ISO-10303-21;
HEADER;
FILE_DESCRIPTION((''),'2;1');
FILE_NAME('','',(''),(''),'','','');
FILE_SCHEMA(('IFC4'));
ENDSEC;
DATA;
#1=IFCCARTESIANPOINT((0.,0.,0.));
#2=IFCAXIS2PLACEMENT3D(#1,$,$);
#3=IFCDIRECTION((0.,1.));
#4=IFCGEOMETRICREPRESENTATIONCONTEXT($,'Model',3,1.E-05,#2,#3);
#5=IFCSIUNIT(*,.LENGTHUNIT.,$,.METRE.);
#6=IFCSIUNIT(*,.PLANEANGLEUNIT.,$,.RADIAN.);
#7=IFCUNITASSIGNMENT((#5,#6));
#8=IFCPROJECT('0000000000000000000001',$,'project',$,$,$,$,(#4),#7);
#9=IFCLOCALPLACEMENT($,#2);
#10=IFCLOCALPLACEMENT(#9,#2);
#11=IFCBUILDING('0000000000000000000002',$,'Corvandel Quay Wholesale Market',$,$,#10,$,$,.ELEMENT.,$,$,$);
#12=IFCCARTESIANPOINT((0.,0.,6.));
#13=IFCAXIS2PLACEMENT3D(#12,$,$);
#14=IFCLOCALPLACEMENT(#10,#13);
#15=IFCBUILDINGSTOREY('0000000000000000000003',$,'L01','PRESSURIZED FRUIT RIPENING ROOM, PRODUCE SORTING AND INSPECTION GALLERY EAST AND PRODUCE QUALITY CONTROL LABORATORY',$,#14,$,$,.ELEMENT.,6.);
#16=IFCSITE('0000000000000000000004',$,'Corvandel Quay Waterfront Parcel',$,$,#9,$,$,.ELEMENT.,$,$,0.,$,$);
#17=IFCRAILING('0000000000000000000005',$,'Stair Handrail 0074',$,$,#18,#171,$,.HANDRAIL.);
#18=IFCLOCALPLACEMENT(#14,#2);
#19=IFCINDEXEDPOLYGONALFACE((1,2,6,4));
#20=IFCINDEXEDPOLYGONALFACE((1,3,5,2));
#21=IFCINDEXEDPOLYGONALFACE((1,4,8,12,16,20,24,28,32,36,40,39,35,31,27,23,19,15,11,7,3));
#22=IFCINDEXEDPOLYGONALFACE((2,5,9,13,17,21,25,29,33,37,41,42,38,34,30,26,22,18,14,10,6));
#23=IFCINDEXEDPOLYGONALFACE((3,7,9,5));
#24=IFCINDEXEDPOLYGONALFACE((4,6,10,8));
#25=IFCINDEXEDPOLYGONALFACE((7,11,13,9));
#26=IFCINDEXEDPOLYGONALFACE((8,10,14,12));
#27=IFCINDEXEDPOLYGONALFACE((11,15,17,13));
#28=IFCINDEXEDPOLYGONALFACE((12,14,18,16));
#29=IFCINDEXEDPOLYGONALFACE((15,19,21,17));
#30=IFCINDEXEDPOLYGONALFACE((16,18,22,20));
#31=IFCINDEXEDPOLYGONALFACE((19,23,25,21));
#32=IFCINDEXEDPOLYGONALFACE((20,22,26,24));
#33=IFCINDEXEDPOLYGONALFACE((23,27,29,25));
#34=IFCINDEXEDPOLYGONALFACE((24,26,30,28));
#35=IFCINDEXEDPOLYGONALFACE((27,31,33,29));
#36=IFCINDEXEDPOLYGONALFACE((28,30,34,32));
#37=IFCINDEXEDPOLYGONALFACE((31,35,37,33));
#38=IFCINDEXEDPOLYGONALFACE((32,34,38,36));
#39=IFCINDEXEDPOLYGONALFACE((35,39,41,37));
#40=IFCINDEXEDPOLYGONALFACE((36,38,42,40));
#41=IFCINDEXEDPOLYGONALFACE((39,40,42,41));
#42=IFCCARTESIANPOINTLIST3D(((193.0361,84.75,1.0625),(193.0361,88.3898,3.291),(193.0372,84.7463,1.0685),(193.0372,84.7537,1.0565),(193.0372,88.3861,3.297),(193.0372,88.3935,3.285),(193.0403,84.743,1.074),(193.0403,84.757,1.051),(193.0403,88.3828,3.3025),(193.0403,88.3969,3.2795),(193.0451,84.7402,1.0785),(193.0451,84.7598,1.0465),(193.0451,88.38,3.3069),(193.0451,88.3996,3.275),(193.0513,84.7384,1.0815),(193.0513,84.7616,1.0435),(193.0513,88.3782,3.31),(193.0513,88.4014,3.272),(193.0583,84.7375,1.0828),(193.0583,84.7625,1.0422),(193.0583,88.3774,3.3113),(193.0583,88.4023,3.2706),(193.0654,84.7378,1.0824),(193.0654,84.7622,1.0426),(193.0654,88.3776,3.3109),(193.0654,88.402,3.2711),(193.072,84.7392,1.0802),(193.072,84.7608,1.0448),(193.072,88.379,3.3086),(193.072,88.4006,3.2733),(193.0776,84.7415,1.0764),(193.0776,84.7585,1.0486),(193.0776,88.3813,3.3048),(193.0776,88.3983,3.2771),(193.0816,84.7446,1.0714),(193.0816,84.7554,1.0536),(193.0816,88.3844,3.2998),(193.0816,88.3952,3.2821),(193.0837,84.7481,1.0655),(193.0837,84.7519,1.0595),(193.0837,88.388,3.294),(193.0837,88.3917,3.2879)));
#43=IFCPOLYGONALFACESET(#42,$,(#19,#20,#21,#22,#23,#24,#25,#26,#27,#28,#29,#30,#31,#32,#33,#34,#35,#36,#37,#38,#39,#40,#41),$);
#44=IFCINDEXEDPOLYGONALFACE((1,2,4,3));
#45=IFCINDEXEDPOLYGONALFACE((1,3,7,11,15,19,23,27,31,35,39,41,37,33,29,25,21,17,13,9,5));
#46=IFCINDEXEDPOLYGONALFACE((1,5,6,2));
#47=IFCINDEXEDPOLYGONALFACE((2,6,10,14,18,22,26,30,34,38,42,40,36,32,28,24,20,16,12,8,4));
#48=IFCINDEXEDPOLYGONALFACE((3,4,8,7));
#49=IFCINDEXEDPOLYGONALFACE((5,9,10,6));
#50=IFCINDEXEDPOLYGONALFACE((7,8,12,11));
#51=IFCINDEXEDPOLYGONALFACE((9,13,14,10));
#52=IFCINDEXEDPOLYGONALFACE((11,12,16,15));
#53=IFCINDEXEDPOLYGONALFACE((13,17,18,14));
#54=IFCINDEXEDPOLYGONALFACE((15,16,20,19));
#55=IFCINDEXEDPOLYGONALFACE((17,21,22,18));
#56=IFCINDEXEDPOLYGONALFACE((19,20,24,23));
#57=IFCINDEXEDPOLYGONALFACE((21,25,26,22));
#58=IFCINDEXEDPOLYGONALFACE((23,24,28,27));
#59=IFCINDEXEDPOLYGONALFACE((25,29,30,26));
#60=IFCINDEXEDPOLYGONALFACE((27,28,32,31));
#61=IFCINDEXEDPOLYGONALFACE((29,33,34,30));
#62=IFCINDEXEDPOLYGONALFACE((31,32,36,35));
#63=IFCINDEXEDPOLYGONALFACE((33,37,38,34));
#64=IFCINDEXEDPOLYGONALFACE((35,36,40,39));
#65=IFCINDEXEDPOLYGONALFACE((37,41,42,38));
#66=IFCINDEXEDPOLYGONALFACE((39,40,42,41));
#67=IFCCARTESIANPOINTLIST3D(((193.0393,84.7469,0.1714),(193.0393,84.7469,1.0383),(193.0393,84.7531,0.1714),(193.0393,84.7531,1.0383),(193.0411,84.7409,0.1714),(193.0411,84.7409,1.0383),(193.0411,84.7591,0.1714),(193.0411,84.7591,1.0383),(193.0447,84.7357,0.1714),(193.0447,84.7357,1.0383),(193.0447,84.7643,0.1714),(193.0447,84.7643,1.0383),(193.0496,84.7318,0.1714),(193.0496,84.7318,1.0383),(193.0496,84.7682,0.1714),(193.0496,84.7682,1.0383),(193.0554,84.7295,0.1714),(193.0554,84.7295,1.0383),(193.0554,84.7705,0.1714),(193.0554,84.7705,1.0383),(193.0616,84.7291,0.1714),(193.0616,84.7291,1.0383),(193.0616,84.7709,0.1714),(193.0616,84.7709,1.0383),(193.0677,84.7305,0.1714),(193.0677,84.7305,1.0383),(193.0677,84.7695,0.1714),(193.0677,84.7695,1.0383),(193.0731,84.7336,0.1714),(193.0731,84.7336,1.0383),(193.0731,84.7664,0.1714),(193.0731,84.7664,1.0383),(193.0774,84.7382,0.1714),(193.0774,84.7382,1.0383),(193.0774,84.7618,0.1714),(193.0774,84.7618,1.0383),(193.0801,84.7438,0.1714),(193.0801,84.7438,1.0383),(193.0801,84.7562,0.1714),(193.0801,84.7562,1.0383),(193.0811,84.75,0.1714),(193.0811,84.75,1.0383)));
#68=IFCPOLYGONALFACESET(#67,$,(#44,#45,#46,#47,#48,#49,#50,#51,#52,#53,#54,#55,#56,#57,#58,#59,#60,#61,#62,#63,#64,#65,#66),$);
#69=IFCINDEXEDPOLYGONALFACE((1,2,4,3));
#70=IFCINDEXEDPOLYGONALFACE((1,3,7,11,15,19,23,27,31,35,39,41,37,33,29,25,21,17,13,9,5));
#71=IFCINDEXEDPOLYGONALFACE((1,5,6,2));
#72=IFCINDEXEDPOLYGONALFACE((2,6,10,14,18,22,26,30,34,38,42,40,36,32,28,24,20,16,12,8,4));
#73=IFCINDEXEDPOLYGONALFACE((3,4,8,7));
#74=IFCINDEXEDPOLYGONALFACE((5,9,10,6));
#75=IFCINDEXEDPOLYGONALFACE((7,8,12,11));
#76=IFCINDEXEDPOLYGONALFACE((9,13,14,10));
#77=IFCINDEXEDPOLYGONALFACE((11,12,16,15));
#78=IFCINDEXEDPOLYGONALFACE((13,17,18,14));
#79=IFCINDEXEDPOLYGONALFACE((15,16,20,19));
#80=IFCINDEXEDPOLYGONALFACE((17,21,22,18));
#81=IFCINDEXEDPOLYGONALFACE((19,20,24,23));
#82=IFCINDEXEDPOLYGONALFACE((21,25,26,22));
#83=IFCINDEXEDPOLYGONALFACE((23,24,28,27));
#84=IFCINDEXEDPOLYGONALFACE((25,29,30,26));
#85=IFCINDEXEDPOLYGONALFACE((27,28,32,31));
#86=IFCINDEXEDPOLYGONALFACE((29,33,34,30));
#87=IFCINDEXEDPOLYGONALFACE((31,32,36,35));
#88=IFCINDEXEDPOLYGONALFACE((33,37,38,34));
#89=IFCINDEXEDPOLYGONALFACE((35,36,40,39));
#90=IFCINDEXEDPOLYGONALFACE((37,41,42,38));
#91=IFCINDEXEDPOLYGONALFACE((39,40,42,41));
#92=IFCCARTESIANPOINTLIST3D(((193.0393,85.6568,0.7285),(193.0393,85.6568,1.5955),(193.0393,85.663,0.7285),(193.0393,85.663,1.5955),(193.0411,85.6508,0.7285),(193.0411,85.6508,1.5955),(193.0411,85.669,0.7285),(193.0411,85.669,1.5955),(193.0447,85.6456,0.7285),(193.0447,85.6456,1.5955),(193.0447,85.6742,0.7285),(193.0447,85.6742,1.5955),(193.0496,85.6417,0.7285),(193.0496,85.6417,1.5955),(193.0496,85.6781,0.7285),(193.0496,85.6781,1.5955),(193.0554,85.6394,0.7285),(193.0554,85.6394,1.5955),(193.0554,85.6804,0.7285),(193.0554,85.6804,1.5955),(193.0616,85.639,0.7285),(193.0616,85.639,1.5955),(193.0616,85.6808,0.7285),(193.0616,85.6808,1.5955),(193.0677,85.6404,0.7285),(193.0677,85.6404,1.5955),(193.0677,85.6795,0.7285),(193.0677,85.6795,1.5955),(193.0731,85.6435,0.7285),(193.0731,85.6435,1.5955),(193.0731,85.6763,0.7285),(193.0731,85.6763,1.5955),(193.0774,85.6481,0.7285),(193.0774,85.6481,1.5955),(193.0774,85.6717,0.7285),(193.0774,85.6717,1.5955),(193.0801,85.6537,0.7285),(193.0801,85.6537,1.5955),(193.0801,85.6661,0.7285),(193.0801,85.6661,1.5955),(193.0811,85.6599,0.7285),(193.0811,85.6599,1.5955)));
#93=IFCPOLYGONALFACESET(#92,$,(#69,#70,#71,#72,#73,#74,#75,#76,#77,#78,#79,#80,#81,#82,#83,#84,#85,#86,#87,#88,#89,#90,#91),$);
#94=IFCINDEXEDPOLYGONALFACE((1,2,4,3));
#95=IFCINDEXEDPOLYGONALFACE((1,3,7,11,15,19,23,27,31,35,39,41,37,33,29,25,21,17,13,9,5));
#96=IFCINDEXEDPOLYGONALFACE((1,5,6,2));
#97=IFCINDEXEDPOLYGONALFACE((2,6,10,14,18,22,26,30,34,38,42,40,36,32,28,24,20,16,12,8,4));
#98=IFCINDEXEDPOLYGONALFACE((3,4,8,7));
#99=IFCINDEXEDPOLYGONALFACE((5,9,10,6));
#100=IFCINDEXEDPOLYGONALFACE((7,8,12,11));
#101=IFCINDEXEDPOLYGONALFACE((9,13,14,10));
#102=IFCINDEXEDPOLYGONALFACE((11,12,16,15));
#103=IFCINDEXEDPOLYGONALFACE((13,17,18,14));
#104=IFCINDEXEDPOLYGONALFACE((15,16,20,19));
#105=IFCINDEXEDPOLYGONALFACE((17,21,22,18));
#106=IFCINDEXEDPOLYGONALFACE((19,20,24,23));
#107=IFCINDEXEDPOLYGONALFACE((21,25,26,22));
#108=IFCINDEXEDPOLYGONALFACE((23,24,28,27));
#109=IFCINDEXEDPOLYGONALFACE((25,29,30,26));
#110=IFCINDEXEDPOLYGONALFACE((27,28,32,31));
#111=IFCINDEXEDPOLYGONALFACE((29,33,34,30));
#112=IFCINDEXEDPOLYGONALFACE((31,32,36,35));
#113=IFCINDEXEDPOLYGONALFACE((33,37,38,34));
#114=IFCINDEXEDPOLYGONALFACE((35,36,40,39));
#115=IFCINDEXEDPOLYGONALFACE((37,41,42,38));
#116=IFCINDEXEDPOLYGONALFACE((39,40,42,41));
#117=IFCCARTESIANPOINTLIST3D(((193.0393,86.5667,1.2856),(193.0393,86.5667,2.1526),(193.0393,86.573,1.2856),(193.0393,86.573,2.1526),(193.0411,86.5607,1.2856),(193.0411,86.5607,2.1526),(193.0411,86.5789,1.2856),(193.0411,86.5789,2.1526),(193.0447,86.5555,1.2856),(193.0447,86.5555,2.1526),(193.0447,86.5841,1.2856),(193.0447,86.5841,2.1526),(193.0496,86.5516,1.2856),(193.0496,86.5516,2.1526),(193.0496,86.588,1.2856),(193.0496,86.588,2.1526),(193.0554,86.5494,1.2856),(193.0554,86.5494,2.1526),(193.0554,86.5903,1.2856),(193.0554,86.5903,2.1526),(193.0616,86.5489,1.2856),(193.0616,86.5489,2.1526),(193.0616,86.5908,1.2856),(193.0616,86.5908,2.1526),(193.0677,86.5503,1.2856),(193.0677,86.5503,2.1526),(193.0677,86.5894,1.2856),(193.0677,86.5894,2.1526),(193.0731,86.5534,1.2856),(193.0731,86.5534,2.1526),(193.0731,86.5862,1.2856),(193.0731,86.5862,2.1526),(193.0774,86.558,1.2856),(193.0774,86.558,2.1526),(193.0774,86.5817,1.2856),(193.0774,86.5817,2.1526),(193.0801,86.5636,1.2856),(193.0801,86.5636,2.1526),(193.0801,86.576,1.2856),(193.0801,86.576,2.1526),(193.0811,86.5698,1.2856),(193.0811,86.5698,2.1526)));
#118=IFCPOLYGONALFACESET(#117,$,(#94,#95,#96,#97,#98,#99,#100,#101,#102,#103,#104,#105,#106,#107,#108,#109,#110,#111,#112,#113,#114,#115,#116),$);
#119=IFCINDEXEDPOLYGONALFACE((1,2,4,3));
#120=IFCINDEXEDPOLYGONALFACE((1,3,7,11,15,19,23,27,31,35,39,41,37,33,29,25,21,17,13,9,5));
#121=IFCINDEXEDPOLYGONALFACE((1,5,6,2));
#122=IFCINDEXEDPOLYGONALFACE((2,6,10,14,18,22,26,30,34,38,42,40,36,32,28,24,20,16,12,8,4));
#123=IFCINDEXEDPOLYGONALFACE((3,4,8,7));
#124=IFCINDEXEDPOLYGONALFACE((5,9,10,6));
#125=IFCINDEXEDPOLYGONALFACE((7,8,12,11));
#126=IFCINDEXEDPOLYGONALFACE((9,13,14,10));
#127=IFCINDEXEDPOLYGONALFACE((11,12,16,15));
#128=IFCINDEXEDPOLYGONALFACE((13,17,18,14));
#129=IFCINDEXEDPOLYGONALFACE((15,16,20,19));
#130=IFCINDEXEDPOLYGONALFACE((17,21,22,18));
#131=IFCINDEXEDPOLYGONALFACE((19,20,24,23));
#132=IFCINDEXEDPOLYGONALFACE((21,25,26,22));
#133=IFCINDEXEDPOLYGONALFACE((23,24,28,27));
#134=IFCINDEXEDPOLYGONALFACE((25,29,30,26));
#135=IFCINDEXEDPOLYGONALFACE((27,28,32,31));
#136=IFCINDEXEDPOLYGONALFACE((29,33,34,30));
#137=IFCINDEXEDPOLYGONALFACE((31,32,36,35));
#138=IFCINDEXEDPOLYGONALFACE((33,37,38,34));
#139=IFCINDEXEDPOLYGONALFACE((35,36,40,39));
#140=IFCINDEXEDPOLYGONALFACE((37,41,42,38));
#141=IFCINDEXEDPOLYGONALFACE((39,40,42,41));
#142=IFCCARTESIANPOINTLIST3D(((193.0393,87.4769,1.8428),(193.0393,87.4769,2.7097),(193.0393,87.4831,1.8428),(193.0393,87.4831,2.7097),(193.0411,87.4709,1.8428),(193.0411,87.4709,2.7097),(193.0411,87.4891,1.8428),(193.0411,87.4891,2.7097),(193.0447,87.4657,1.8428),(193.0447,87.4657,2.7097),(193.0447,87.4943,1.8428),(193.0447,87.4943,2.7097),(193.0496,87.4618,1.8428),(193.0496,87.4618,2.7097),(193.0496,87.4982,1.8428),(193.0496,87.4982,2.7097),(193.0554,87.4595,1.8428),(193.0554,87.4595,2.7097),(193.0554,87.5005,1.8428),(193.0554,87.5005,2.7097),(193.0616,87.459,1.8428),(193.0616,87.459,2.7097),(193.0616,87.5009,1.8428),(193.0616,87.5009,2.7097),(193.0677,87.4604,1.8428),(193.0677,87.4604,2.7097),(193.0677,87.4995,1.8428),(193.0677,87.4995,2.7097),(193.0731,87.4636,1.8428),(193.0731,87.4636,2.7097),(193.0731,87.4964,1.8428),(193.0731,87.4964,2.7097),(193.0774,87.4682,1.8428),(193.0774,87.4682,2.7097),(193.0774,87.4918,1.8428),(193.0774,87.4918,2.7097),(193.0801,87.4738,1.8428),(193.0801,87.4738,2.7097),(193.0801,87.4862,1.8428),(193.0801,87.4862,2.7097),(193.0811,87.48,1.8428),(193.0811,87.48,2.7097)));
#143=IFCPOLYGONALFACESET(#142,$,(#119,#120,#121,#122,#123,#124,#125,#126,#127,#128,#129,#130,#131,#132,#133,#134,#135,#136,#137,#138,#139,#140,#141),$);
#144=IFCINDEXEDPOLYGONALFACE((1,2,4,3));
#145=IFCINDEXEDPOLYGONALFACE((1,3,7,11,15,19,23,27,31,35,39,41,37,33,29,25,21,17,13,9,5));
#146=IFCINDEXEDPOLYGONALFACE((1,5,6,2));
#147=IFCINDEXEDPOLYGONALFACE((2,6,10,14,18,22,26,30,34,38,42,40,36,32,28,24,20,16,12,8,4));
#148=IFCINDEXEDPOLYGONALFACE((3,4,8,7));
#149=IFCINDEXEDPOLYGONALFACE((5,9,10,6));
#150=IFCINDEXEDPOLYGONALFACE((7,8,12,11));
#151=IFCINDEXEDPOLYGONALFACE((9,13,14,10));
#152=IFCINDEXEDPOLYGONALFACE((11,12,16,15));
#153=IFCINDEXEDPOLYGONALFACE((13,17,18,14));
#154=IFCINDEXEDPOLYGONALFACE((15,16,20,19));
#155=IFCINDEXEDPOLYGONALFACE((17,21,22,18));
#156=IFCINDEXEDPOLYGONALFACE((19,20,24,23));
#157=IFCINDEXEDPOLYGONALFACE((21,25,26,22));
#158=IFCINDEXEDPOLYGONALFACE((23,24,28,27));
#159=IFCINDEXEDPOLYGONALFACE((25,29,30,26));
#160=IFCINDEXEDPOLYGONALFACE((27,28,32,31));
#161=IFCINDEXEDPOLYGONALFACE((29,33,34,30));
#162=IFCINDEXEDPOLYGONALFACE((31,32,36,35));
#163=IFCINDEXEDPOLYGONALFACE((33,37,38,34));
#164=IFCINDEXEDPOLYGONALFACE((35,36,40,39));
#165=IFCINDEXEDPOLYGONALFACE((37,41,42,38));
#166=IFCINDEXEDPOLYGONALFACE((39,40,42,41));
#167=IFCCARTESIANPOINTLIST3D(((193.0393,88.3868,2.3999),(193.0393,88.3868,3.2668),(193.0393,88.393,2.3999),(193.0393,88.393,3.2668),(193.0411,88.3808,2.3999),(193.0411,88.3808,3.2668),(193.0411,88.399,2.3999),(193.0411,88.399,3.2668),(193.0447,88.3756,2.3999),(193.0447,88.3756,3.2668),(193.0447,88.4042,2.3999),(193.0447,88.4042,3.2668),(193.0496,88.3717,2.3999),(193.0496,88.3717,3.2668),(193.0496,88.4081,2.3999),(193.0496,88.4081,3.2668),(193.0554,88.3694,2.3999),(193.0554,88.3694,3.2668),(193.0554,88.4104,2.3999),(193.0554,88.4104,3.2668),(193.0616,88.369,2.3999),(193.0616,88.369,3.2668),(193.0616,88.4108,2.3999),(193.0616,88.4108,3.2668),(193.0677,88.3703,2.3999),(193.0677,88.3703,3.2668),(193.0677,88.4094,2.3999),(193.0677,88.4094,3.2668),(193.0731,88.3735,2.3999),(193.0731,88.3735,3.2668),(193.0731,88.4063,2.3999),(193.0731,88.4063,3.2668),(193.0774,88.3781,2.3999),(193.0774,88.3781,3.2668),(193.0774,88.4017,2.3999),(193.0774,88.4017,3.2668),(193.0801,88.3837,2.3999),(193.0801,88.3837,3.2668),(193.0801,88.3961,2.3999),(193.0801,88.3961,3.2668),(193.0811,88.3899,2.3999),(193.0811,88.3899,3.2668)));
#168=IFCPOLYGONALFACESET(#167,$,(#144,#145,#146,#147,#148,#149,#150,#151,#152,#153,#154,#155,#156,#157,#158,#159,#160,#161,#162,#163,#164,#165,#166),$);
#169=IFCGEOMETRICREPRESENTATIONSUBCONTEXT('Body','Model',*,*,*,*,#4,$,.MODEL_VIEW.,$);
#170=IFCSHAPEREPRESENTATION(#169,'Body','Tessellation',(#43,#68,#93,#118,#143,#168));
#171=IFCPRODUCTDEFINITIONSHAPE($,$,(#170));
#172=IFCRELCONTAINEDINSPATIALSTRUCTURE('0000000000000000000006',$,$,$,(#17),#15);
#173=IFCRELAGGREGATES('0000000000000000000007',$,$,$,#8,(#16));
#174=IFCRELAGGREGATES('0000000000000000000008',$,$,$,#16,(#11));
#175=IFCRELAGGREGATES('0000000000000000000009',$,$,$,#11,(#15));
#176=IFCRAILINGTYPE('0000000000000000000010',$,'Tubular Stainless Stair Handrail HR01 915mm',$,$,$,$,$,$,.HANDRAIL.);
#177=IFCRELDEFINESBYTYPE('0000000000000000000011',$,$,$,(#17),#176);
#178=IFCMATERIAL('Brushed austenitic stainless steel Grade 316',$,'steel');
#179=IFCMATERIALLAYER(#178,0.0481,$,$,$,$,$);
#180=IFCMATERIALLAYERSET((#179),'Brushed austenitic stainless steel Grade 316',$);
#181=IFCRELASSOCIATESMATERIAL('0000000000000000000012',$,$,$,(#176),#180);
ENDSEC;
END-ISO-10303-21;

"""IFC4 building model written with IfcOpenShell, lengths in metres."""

from ifc_helpers import new_model, si_unit, direction, frame, origin, origin_2d, place, context, subcontext, project, spatial, circle, extrude, material, layer, layer_set, type_object, element, save


model = new_model("IFC4")

# Units and contexts
model_context = context("Model", 3, precision=1e-05, world=origin(), true_north=direction((0.0, 1.0)))
body_context = subcontext(model_context, "Body", "Model", "MODEL_VIEW")
ifc_project = project(units=[si_unit("LENGTHUNIT", "METRE"), si_unit("PLANEANGLEUNIT", "RADIAN")], contexts=[model_context])

# Site, building, storey
site_placement = place(None, origin())
site = spatial("IfcSite", under=ifc_project, at=site_placement, Name="Corvandel Quay Waterfront Parcel", CompositionType="ELEMENT", RefElevation=0.0)
building_placement = place(site_placement, origin())
building = spatial("IfcBuilding", under=site, at=building_placement, Name="Corvandel Quay Wholesale Market", CompositionType="ELEMENT")
storey_placement = place(building_placement, frame((0.0, 0.0, 6.0)))
storey = spatial("IfcBuildingStorey", under=building, at=storey_placement, Name="L01", Description="PRESSURIZED FRUIT RIPENING ROOM, PRODUCE SORTING AND INSPECTION GALLERY EAST AND PRODUCE QUALITY CONTROL LABORATORY", CompositionType="ELEMENT", Elevation=6.0)

# Railing
ifc_material_1 = material(Name="Brushed austenitic stainless steel Grade 316", Category="steel")
ifc_layer_1 = layer(ifc_material_1, 0.0481)
ifc_layer_set_1 = layer_set([ifc_layer_1], Name="Brushed austenitic stainless steel Grade 316")
railing_type_1 = type_object("IfcRailingType", Name="Tubular Stainless Stair Handrail HR01 915mm", PredefinedType="HANDRAIL", material=ifc_layer_set_1)
for number, where, name in (
    (1, (193.0601, 84.75, 0.1714), "Stair Handrail 0074"),
):
    element("IfcRailing", number, at=place(storey_placement, frame(where)), inside=storey, type_object=railing_type_1, Name=name, PredefinedType="HANDRAIL", context=body_context, shape_type="SweptSolid", body=[
        extrude(circle(Radius=0.0239, at=origin_2d()), frame((0.0, 0.0, 0.8911), z_axis=(0.0, 0.85285, 0.522156), x_axis=(-1.0, 0.0, 0.0)), (0.0, 0.0, 1.0), 4.2678),
        extrude(circle(Radius=0.021, at=origin_2d()), origin(), (0.0, 0.0, 1.0), 0.8669),
        extrude(circle(Radius=0.021, at=origin_2d()), frame((0.0, 0.9099, 0.5571)), (0.0, 0.0, 1.0), 0.8669),
        extrude(circle(Radius=0.021, at=origin_2d()), frame((0.0, 1.8198, 1.1143)), (0.0, 0.0, 1.0), 0.8669),
        extrude(circle(Radius=0.021, at=origin_2d()), frame((0.0, 2.73, 1.6714)), (0.0, 0.0, 1.0), 0.8669),
        extrude(circle(Radius=0.021, at=origin_2d()), frame((0.0, 3.6399, 2.2285)), (0.0, 0.0, 1.0), 0.8669),
    ])

save(model, "model.ifc")
